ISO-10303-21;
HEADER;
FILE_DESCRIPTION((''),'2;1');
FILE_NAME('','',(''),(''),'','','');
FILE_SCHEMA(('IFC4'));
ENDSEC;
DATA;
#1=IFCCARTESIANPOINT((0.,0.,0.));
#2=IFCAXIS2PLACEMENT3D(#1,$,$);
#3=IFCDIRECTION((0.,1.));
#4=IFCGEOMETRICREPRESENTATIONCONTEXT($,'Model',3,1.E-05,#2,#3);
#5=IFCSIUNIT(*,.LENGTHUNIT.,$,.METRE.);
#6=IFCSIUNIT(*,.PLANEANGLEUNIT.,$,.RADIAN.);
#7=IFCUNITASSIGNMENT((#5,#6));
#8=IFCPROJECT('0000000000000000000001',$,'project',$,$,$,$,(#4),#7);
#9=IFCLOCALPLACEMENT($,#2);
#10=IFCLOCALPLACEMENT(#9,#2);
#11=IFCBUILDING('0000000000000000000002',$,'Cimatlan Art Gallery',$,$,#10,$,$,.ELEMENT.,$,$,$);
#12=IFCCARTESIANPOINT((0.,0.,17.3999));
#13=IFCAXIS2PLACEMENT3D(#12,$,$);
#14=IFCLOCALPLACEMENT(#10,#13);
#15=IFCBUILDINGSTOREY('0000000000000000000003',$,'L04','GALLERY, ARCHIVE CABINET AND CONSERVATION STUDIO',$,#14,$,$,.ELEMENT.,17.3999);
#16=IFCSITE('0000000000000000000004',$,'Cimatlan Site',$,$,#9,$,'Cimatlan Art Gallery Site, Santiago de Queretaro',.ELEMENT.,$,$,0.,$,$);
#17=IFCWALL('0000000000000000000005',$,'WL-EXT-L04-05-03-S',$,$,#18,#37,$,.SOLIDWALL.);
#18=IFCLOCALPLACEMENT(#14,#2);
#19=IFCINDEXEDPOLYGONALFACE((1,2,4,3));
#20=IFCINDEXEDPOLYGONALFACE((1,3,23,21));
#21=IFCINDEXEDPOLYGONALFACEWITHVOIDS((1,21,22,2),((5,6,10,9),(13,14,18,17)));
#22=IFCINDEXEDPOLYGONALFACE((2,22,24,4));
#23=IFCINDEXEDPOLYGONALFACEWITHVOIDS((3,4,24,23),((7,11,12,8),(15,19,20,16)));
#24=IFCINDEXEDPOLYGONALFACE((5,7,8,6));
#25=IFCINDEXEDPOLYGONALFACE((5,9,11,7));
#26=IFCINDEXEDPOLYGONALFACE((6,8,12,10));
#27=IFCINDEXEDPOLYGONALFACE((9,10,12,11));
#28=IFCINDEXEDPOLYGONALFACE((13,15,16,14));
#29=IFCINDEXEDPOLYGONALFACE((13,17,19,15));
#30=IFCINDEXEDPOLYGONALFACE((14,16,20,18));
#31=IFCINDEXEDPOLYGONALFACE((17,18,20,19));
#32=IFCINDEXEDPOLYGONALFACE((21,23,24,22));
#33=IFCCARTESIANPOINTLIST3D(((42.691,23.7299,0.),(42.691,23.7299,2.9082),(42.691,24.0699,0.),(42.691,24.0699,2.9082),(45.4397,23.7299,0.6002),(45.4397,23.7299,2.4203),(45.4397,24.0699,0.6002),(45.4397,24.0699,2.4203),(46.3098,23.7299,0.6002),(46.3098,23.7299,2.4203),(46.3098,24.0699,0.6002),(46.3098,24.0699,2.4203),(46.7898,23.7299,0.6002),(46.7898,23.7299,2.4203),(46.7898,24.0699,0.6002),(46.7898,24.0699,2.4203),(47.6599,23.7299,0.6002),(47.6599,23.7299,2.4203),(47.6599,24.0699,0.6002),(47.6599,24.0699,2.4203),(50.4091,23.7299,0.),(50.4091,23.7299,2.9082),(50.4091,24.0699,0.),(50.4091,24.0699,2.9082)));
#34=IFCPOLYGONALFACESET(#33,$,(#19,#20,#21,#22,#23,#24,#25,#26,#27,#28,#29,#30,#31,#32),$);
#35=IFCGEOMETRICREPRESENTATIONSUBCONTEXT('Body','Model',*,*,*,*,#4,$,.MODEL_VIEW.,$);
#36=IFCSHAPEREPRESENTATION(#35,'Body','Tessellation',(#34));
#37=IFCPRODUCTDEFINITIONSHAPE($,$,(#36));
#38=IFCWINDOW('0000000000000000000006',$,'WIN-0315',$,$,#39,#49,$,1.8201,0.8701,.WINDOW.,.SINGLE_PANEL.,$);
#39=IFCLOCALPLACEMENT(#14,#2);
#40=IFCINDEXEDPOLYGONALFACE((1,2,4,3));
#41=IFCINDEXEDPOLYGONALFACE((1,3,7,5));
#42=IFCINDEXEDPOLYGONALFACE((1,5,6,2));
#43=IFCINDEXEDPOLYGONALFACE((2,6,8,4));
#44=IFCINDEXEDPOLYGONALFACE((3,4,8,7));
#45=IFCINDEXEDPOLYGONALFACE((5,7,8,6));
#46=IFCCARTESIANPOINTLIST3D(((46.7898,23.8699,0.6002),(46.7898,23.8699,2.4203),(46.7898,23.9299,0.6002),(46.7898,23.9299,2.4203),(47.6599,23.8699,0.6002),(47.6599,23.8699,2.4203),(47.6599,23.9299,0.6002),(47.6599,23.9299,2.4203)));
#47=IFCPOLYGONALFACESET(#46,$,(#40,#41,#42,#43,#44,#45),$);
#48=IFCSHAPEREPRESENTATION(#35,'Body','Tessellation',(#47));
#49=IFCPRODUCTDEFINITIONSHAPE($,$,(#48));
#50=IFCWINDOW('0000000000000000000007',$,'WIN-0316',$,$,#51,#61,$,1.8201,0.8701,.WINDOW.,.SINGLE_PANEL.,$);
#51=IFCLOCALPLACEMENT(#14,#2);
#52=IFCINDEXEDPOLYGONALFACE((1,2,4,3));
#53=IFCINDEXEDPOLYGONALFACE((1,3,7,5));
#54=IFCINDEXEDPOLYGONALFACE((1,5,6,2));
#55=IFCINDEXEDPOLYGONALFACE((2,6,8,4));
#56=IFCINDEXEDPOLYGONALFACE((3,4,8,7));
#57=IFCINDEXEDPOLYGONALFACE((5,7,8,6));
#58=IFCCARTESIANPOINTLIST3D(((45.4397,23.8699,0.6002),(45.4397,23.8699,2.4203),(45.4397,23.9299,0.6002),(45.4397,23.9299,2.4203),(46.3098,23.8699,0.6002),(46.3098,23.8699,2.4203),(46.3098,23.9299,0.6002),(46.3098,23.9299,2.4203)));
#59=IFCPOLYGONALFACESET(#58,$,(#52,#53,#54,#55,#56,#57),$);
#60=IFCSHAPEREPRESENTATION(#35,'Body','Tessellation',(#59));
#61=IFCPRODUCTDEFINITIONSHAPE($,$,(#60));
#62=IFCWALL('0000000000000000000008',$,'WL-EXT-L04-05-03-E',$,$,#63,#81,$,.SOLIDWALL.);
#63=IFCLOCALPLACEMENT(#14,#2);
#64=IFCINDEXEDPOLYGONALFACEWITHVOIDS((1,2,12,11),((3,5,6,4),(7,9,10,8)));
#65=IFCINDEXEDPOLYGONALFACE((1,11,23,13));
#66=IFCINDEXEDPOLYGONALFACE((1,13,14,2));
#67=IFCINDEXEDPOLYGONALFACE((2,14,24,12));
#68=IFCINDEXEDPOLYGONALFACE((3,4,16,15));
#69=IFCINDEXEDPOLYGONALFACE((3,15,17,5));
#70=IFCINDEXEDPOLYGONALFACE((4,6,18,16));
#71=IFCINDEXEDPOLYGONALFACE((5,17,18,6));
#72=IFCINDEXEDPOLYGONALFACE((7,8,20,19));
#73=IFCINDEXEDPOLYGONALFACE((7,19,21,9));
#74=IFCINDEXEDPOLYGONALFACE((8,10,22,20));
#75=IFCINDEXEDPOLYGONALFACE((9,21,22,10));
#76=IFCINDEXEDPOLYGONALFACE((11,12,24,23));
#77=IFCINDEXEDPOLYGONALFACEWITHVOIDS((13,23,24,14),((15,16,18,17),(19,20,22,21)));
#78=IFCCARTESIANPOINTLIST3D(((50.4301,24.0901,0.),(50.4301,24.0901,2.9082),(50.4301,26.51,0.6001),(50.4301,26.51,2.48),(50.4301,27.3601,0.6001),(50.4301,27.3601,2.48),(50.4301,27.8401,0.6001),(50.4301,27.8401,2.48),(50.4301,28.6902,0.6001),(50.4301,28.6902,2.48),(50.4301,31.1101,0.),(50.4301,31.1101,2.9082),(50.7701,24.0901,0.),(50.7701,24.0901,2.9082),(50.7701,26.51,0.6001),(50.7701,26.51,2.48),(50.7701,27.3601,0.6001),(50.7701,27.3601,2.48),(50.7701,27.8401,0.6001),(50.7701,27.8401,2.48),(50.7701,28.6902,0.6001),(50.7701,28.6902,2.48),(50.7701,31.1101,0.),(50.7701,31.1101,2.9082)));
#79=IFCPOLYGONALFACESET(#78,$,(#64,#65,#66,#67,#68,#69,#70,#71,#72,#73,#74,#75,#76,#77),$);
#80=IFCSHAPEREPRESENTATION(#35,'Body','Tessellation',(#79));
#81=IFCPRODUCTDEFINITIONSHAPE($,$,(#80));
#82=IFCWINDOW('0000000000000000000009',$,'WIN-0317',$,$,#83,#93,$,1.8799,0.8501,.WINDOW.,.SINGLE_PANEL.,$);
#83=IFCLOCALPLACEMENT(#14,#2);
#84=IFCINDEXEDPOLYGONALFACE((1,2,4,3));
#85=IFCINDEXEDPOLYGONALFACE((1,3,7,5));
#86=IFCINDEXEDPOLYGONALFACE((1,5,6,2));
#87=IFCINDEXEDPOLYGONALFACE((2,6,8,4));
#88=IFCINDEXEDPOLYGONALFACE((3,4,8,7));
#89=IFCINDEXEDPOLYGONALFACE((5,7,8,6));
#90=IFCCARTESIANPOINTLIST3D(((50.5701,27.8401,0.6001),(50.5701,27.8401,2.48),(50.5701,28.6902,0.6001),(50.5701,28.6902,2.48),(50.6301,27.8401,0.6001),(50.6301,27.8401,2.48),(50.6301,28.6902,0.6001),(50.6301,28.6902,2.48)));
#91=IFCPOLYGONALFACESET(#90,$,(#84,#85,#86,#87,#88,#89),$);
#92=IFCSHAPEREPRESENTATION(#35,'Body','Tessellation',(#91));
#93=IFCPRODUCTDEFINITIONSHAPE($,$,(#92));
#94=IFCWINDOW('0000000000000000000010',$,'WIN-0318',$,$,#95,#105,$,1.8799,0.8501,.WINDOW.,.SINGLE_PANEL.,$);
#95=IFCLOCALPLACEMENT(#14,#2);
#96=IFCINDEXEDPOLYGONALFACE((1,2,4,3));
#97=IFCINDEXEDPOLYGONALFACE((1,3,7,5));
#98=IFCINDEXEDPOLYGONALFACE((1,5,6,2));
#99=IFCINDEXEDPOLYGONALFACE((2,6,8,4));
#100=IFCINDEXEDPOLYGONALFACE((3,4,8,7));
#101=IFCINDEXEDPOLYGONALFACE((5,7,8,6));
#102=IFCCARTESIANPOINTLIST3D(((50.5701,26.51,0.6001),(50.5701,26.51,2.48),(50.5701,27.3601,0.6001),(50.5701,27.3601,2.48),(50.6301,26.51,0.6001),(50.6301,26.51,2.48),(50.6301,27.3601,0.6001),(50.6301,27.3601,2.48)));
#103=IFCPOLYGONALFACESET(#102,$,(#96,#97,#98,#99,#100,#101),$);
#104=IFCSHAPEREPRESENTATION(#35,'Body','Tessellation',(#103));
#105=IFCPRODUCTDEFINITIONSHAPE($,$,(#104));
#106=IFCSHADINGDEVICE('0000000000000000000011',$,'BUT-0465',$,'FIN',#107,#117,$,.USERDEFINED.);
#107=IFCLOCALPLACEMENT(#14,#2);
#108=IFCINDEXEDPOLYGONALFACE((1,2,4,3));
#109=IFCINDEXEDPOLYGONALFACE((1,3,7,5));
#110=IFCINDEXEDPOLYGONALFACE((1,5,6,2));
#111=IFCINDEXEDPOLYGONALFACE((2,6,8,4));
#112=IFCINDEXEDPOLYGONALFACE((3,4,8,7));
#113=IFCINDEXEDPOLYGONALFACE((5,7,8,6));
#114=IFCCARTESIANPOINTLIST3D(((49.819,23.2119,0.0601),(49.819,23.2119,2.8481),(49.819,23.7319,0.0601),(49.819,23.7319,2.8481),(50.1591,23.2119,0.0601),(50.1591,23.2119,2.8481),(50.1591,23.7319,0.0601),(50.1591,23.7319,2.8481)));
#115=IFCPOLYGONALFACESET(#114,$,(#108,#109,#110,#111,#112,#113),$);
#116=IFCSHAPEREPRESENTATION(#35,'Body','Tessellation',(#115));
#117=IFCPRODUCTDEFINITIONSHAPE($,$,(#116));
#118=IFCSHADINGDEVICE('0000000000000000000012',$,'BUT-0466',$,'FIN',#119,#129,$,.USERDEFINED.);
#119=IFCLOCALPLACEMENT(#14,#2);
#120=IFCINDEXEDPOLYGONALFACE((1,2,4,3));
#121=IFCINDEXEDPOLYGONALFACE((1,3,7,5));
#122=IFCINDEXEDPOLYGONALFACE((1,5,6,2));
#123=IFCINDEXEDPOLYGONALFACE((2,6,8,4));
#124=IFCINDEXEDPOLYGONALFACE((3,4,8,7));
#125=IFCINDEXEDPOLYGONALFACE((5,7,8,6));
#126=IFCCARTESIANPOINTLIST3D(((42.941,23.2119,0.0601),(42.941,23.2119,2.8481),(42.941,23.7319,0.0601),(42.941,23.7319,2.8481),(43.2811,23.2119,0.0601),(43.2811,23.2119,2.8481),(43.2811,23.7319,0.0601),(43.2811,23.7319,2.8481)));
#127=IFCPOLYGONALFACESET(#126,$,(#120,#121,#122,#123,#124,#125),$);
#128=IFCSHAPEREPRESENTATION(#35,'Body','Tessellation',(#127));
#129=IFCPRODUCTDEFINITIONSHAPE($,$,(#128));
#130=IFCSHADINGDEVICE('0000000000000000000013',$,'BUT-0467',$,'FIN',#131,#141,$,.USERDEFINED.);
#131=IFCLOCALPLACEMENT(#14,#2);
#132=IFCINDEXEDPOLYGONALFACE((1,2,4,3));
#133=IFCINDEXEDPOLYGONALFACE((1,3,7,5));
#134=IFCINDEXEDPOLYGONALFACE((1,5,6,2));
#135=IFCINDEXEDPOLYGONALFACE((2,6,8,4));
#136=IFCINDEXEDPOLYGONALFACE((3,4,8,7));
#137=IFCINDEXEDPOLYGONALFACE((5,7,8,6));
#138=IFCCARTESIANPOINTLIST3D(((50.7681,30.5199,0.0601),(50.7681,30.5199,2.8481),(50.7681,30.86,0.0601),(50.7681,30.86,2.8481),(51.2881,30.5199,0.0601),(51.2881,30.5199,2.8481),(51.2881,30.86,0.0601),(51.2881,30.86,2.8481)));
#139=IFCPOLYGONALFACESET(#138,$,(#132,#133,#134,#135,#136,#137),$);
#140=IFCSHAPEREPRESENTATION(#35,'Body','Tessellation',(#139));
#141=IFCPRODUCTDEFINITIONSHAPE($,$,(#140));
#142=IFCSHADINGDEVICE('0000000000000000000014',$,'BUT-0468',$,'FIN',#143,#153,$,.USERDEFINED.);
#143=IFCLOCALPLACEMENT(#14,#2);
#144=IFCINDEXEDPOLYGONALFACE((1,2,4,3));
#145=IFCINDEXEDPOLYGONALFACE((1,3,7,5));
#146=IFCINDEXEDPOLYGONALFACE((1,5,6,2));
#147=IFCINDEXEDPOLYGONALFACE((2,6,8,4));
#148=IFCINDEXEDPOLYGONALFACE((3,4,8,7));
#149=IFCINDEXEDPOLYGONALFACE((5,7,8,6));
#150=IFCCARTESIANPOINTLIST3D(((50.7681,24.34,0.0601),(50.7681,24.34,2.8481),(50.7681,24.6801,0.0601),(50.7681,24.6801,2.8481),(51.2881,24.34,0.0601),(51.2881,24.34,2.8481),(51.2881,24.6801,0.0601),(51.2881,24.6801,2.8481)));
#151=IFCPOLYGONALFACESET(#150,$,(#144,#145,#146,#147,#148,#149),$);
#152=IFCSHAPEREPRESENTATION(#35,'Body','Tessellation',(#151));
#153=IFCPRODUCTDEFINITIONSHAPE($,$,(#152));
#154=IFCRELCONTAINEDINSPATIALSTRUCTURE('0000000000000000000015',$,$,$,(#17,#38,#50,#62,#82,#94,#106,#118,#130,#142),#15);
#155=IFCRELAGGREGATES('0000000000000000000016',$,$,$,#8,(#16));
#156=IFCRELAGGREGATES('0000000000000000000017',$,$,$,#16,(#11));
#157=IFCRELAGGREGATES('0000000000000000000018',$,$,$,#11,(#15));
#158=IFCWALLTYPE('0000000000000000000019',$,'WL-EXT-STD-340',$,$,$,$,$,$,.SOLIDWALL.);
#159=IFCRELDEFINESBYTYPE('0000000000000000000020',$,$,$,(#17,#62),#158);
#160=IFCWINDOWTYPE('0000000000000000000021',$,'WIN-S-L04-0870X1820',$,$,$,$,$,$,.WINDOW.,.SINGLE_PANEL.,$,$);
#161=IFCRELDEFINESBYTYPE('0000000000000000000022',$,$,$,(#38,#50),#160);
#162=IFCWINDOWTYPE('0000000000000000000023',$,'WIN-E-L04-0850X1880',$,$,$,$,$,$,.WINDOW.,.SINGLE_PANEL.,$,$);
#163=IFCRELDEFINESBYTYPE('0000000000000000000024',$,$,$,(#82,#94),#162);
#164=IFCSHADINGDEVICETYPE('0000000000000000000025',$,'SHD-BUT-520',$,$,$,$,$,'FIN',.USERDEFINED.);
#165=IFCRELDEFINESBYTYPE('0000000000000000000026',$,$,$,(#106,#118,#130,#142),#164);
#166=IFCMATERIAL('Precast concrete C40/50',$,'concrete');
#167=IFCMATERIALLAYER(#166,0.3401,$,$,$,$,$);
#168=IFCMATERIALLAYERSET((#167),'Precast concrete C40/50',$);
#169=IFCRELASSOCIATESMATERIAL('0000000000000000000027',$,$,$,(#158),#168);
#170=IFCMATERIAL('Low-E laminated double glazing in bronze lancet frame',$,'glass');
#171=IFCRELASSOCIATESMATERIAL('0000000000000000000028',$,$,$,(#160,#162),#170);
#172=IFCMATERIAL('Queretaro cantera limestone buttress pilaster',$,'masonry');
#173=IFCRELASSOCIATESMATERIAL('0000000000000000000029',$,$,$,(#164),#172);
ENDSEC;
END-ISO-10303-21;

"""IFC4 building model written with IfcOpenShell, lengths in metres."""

from ifc_helpers import new_model, si_unit, direction, frame, frame_2d, origin, origin_2d, place, context, subcontext, project, spatial, rectangle, extrude, material, layer, layer_set, type_object, element, fill, save


model = new_model("IFC4")

# Units and contexts
model_context = context("Model", 3, precision=1e-05, world=origin(), true_north=direction((0.0, 1.0)))
body_context = subcontext(model_context, "Body", "Model", "MODEL_VIEW")
ifc_project = project(units=[si_unit("LENGTHUNIT", "METRE"), si_unit("PLANEANGLEUNIT", "RADIAN")], contexts=[model_context])

# Site, building, storey
site_placement = place(None, origin())
site = spatial("IfcSite", under=ifc_project, at=site_placement, Name="Cimatlan Site", LongName="Cimatlan Art Gallery Site, Santiago de Queretaro", CompositionType="ELEMENT", RefElevation=0.0)
building_placement = place(site_placement, origin())
building = spatial("IfcBuilding", under=site, at=building_placement, Name="Cimatlan Art Gallery", CompositionType="ELEMENT")
storey_placement = place(building_placement, frame((0.0, 0.0, 17.3999)))
storey = spatial("IfcBuildingStorey", under=building, at=storey_placement, Name="L04", Description="GALLERY, ARCHIVE CABINET AND CONSERVATION STUDIO", CompositionType="ELEMENT", Elevation=17.3999)

# Walls, openings, windows
ifc_material_1 = material(Name="Precast concrete C40/50", Category="concrete")
ifc_layer = layer(ifc_material_1, 0.3401)
ifc_layer_set = layer_set([ifc_layer], Name="Precast concrete C40/50")
wall_type = type_object("IfcWallType", Name="WL-EXT-STD-340", PredefinedType="SOLIDWALL", material=ifc_layer_set)
wall_1_placement = place(storey_placement, frame((50.4089, 23.8999, 0.0), z_axis=(0.0, 0.0, 1.0), x_axis=(-1.0, 0.0, 0.0)))
wall_1 = element("IfcWall", 1, at=wall_1_placement, inside=storey, type_object=wall_type, Name="WL-EXT-L04-05-03-S", PredefinedType="SOLIDWALL", context=body_context, shape_type="SweptSolid", body=[
    extrude(rectangle(XDim=7.718, YDim=0.3401, at=frame_2d((3.8589, 0.0))), origin(), (0.0, 0.0, 1.0), 2.9082),
])
opening_1_placement = place(wall_1_placement, frame((2.749, 0.0, 0.6001)))
opening_1 = element("IfcOpeningElement", 2, at=opening_1_placement, cuts=wall_1, PredefinedType="OPENING", context=body_context, shape_type="SweptSolid", body=[
    extrude(rectangle(XDim=0.8701, YDim=1.8201, at=frame_2d((0.4351, 0.9102))), frame((0.0, 0.1802, 0.0), z_axis=(0.0, -1.0, 0.0), x_axis=(1.0, 0.0, 0.0)), (0.0, 0.0, 1.0), 0.3601),
])
opening_2_placement = place(wall_1_placement, frame((4.0991, 0.0, 0.6001)))
opening_2 = element("IfcOpeningElement", 3, at=opening_2_placement, cuts=wall_1, PredefinedType="OPENING", context=body_context, shape_type="SweptSolid", body=[
    extrude(rectangle(XDim=0.8701, YDim=1.8201, at=frame_2d((0.4351, 0.9102))), frame((0.0, 0.1802, 0.0), z_axis=(0.0, -1.0, 0.0), x_axis=(1.0, 0.0, 0.0)), (0.0, 0.0, 1.0), 0.3601),
])
ifc_material_2 = material(Name="Low-E laminated double glazing in bronze lancet frame", Category="glass")
window_type_1 = type_object("IfcWindowType", Name="WIN-S-L04-0870X1820", PartitioningType="SINGLE_PANEL", PredefinedType="WINDOW", material=ifc_material_2)
window_1_placement = place(opening_1_placement, origin())
window_1 = element("IfcWindow", 4, at=window_1_placement, inside=storey, type_object=window_type_1, Name="WIN-0315", OverallHeight=1.8201, OverallWidth=0.8701, PartitioningType="SINGLE_PANEL", PredefinedType="WINDOW", context=body_context, shape_type="SweptSolid", body=[
    extrude(rectangle(XDim=0.8701, YDim=1.8201, at=frame_2d((0.4351, 0.9102))), frame((0.0, 0.03, 0.0), z_axis=(0.0, -1.0, 0.0), x_axis=(1.0, 0.0, 0.0)), (0.0, 0.0, 1.0), 0.0601),
])
fill(opening_1, window_1)
window_2_placement = place(opening_2_placement, origin())
window_2 = element("IfcWindow", 5, at=window_2_placement, inside=storey, type_object=window_type_1, Name="WIN-0316", OverallHeight=1.8201, OverallWidth=0.8701, PartitioningType="SINGLE_PANEL", PredefinedType="WINDOW", context=body_context, shape_type="SweptSolid", body=[
    extrude(rectangle(XDim=0.8701, YDim=1.8201, at=frame_2d((0.4351, 0.9102))), frame((0.0, 0.03, 0.0), z_axis=(0.0, -1.0, 0.0), x_axis=(1.0, 0.0, 0.0)), (0.0, 0.0, 1.0), 0.0601),
])
fill(opening_2, window_2)
wall_2_placement = place(storey_placement, frame((50.6001, 31.1101, 0.0), z_axis=(0.0, 0.0, 1.0), x_axis=(0.0, -1.0, 0.0)))
wall_2 = element("IfcWall", 6, at=wall_2_placement, inside=storey, type_object=wall_type, Name="WL-EXT-L04-05-03-E", PredefinedType="SOLIDWALL", context=body_context, shape_type="SweptSolid", body=[
    extrude(rectangle(XDim=7.02, YDim=0.3401, at=frame_2d((3.51, 0.0))), origin(), (0.0, 0.0, 1.0), 2.9082),
])
opening_3_placement = place(wall_2_placement, frame((2.4199, 0.0, 0.6001)))
opening_3 = element("IfcOpeningElement", 7, at=opening_3_placement, cuts=wall_2, PredefinedType="OPENING", context=body_context, shape_type="SweptSolid", body=[
    extrude(rectangle(XDim=0.8501, YDim=1.8799, at=frame_2d((0.425, 0.9399))), frame((0.0, 0.1802, 0.0), z_axis=(0.0, -1.0, 0.0), x_axis=(1.0, 0.0, 0.0)), (0.0, 0.0, 1.0), 0.3601),
])
opening_4_placement = place(wall_2_placement, frame((3.75, 0.0, 0.6001)))
opening_4 = element("IfcOpeningElement", 8, at=opening_4_placement, cuts=wall_2, PredefinedType="OPENING", context=body_context, shape_type="SweptSolid", body=[
    extrude(rectangle(XDim=0.8501, YDim=1.8799, at=frame_2d((0.425, 0.9399))), frame((0.0, 0.1802, 0.0), z_axis=(0.0, -1.0, 0.0), x_axis=(1.0, 0.0, 0.0)), (0.0, 0.0, 1.0), 0.3601),
])
window_type_2 = type_object("IfcWindowType", Name="WIN-E-L04-0850X1880", PartitioningType="SINGLE_PANEL", PredefinedType="WINDOW", material=ifc_material_2)
window_3_placement = place(opening_3_placement, origin())
window_3 = element("IfcWindow", 9, at=window_3_placement, inside=storey, type_object=window_type_2, Name="WIN-0317", OverallHeight=1.8799, OverallWidth=0.8501, PartitioningType="SINGLE_PANEL", PredefinedType="WINDOW", context=body_context, shape_type="SweptSolid", body=[
    extrude(rectangle(XDim=0.8501, YDim=1.8799, at=frame_2d((0.425, 0.9399))), frame((0.0, 0.03, 0.0), z_axis=(0.0, -1.0, 0.0), x_axis=(1.0, 0.0, 0.0)), (0.0, 0.0, 1.0), 0.0601),
])
fill(opening_3, window_3)
window_4_placement = place(opening_4_placement, origin())
window_4 = element("IfcWindow", 10, at=window_4_placement, inside=storey, type_object=window_type_2, Name="WIN-0318", OverallHeight=1.8799, OverallWidth=0.8501, PartitioningType="SINGLE_PANEL", PredefinedType="WINDOW", context=body_context, shape_type="SweptSolid", body=[
    extrude(rectangle(XDim=0.8501, YDim=1.8799, at=frame_2d((0.425, 0.9399))), frame((0.0, 0.03, 0.0), z_axis=(0.0, -1.0, 0.0), x_axis=(1.0, 0.0, 0.0)), (0.0, 0.0, 1.0), 0.0601),
])
fill(opening_4, window_4)

# Shading devices
ifc_material_3 = material(Name="Queretaro cantera limestone buttress pilaster", Category="masonry")
shading_device_type = type_object("IfcShadingDeviceType", Name="SHD-BUT-520", ElementType="FIN", PredefinedType="USERDEFINED", material=ifc_material_3)
for number, where, z_axis, x_axis, name in (
    (11, (49.989, 23.4719, 0.0601), (0.0, 0.0, 1.0), (-1.0, 0.0, 0.0), "BUT-0465"),
    (12, (43.1111, 23.4719, 0.0601), (0.0, 0.0, 1.0), (-1.0, 0.0, 0.0), "BUT-0466"),
    (13, (51.0281, 30.6899, 0.0601), (0.0, 0.0, 1.0), (0.0, -1.0, 0.0), "BUT-0467"),
    (14, (51.0281, 24.51, 0.0601), (0.0, 0.0, 1.0), (0.0, -1.0, 0.0), "BUT-0468"),
):
    element("IfcShadingDevice", number, at=place(storey_placement, frame(where, z_axis=z_axis, x_axis=x_axis)), inside=storey, type_object=shading_device_type, Name=name, ObjectType="FIN", PredefinedType="USERDEFINED", context=body_context, shape_type="SweptSolid", body=[
        extrude(rectangle(XDim=0.3401, YDim=0.52, at=origin_2d()), origin(), (0.0, 0.0, 1.0), 2.7881),
    ])

save(model, "model.ifc")
